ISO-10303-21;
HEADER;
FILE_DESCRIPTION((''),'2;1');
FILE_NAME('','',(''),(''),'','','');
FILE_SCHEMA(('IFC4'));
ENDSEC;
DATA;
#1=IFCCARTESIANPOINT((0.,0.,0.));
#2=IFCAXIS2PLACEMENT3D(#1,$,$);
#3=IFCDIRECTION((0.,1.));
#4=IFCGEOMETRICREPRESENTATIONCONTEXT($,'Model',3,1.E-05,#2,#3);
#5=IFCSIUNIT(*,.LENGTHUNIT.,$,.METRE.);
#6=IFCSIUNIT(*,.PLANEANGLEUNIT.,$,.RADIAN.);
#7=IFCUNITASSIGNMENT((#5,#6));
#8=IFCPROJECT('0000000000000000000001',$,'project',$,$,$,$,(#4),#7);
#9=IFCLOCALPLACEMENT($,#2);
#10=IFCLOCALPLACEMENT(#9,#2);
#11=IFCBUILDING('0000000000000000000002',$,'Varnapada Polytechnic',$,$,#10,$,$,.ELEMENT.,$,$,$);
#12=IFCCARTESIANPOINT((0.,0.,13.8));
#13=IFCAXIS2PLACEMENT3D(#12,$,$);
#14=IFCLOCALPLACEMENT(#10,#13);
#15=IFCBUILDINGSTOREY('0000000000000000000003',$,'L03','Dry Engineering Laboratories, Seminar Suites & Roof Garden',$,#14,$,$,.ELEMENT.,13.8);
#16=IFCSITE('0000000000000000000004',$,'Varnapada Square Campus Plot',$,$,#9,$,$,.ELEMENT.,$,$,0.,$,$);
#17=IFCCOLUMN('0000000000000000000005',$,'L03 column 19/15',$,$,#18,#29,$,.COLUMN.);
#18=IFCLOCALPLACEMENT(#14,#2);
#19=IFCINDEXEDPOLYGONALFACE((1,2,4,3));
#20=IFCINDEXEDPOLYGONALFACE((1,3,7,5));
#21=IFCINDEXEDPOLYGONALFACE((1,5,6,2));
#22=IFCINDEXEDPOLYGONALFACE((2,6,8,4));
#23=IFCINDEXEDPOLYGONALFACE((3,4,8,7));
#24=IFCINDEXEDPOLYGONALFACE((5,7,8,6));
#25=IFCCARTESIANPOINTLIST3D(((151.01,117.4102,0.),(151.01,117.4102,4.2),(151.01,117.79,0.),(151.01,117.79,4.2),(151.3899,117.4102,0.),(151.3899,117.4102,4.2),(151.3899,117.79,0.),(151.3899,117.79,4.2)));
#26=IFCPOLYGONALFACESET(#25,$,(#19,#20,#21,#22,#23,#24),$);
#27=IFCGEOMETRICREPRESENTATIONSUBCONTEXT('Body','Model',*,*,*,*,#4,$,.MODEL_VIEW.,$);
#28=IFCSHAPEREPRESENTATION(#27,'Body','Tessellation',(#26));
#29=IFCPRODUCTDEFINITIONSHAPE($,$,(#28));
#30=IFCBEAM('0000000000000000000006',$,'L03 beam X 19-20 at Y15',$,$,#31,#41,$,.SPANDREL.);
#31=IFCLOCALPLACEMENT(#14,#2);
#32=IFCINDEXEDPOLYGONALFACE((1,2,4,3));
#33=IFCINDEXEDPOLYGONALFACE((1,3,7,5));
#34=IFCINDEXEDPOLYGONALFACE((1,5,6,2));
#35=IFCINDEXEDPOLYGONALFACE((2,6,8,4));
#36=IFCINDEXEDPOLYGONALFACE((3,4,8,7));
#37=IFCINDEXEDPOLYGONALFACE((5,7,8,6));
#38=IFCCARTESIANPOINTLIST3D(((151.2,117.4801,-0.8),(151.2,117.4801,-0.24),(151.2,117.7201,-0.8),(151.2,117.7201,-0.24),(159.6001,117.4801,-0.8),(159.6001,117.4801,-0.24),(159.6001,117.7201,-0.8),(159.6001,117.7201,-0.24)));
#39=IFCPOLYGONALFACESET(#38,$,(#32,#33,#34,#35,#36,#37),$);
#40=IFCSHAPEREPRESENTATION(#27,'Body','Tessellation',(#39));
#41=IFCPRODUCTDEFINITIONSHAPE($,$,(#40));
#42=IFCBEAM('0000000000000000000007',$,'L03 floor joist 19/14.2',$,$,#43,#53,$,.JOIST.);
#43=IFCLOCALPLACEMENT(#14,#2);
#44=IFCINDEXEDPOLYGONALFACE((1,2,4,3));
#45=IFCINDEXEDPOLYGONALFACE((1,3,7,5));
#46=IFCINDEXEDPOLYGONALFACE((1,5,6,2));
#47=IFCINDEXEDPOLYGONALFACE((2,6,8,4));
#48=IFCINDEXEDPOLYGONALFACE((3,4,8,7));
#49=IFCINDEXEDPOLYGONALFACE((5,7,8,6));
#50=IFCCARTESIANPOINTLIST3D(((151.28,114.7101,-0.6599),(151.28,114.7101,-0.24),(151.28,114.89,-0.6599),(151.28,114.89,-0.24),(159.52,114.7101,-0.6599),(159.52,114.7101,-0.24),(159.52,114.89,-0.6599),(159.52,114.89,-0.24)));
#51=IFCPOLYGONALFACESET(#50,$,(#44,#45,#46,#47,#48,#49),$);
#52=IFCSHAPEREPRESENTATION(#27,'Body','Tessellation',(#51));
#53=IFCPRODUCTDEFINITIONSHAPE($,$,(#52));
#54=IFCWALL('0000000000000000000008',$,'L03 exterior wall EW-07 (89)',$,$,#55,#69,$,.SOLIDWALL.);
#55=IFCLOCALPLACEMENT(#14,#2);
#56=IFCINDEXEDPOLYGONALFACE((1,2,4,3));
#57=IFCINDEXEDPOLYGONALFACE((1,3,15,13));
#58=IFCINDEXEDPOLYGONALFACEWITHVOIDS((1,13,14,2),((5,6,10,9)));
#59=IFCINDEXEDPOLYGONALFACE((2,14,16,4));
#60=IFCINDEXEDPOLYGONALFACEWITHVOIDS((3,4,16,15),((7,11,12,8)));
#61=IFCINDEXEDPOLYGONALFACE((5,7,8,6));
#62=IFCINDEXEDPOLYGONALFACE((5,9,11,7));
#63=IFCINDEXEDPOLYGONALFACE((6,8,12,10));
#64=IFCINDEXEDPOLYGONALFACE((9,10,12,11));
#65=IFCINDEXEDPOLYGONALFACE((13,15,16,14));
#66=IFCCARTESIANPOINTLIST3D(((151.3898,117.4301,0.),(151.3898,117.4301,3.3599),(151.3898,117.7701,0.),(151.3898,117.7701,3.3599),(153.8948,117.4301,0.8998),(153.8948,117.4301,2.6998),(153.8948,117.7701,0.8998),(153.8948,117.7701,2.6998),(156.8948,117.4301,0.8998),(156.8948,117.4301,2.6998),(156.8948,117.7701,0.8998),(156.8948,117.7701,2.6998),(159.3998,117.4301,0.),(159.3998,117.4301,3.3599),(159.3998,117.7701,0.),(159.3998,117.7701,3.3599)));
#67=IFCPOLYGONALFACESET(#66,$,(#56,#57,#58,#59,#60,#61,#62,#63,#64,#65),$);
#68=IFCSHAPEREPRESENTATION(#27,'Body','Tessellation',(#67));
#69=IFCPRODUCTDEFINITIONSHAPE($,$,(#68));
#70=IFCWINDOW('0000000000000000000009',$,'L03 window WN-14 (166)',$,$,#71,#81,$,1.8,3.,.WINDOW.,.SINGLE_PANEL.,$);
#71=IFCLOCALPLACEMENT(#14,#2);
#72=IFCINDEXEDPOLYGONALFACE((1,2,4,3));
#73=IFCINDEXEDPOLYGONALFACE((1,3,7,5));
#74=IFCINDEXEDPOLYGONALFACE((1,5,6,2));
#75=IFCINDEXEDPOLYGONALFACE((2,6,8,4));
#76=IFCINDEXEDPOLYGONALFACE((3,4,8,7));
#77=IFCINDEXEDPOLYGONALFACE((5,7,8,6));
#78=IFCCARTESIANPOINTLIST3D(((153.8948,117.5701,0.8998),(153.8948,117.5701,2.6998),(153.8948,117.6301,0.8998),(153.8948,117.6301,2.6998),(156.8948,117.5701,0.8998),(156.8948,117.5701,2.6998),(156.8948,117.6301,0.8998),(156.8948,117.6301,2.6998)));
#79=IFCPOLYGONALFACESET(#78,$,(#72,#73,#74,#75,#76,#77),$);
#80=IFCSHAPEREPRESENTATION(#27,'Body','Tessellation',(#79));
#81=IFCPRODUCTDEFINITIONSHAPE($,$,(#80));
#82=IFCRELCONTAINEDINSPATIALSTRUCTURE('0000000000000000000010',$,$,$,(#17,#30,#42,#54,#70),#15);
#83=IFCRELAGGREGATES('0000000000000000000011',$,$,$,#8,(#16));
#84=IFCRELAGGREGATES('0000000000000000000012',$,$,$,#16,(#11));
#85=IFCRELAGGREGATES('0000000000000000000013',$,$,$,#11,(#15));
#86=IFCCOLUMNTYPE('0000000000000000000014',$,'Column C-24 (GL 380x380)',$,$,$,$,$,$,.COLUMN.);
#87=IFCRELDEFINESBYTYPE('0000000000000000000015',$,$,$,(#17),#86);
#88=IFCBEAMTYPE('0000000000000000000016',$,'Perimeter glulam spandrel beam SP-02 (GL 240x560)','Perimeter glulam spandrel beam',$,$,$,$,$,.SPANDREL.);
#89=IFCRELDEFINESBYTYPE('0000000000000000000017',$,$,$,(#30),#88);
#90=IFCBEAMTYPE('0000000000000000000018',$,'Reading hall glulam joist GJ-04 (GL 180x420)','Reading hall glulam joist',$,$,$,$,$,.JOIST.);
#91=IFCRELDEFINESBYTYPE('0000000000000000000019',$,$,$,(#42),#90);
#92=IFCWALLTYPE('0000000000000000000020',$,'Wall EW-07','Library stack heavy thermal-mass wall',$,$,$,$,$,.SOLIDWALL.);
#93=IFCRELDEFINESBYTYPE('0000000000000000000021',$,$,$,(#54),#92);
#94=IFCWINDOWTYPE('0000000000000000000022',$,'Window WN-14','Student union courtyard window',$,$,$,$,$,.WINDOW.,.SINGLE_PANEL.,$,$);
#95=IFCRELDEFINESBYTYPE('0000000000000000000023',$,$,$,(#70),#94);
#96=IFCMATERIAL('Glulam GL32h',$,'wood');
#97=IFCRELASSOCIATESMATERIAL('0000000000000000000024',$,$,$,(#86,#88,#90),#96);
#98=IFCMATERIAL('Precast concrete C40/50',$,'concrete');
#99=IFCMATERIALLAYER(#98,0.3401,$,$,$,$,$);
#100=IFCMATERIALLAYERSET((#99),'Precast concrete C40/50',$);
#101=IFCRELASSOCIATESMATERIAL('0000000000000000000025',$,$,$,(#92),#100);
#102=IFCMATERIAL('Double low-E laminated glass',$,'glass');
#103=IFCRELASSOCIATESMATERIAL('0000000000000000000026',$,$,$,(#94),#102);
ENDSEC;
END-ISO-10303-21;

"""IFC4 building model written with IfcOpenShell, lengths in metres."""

from ifc_helpers import new_model, si_unit, direction, frame, frame_2d, origin, origin_2d, place, context, subcontext, project, spatial, rectangle, extrude, material, layer, layer_set, material_profile, profile_set, type_object, element, fill, save


model = new_model("IFC4")

# Units and contexts
model_context = context("Model", 3, precision=1e-05, world=origin(), true_north=direction((0.0, 1.0)))
body_context = subcontext(model_context, "Body", "Model", "MODEL_VIEW")
ifc_project = project(units=[si_unit("LENGTHUNIT", "METRE"), si_unit("PLANEANGLEUNIT", "RADIAN")], contexts=[model_context])

# Site, building, storey
site_placement = place(None, origin())
site = spatial("IfcSite", under=ifc_project, at=site_placement, Name="Varnapada Square Campus Plot", CompositionType="ELEMENT", RefElevation=0.0)
building_placement = place(site_placement, origin())
building = spatial("IfcBuilding", under=site, at=building_placement, Name="Varnapada Polytechnic", CompositionType="ELEMENT")
storey_placement = place(building_placement, frame((0.0, 0.0, 13.8)))
storey = spatial("IfcBuildingStorey", under=building, at=storey_placement, Name="L03", Description="Dry Engineering Laboratories, Seminar Suites & Roof Garden", CompositionType="ELEMENT", Elevation=13.8)

# Column
ifc_material_1 = material(Name="Glulam GL32h", Category="wood")
ifc_material_profile_1 = material_profile(ifc_material_1, rectangle(XDim=0.3799, YDim=0.3799, at=origin_2d()), Name="GL 380x380")
ifc_profile_set_1 = profile_set([ifc_material_profile_1], Name="Glulam GL32h")
column_type = type_object("IfcColumnType", Name="Column C-24 (GL 380x380)", PredefinedType="COLUMN", material=ifc_profile_set_1)
column_placement = place(storey_placement, frame((151.2, 117.6001, 0.0), z_axis=(0.0, 0.0, 1.0), x_axis=(1.0, 0.0, 0.0)))
element("IfcColumn", 1, at=column_placement, inside=storey, type_object=column_type, Name="L03 column 19/15", PredefinedType="COLUMN", context=body_context, shape_type="SweptSolid", body=[
    extrude(rectangle(XDim=0.3799, YDim=0.3799, at=origin_2d()), origin(), (0.0, 0.0, 1.0), 4.2),
])

# Beams
ifc_material_profile_2 = material_profile(ifc_material_1, rectangle(XDim=0.24, YDim=0.5601, at=origin_2d()), Name="GL 240x560")
ifc_profile_set_2 = profile_set([ifc_material_profile_2], Name="Glulam GL32h")
beam_type_1 = type_object("IfcBeamType", Name="Perimeter glulam spandrel beam SP-02 (GL 240x560)", Description="Perimeter glulam spandrel beam", PredefinedType="SPANDREL", material=ifc_profile_set_2)
beam_1_placement = place(storey_placement, frame((151.2, 117.6001, -0.52), z_axis=(1.0, 0.0, 0.0), x_axis=(0.0, 1.0, 0.0)))
element("IfcBeam", 2, at=beam_1_placement, inside=storey, type_object=beam_type_1, Name="L03 beam X 19-20 at Y15", PredefinedType="SPANDREL", context=body_context, shape_type="SweptSolid", body=[
    extrude(rectangle(XDim=0.24, YDim=0.5601, at=origin_2d()), origin(), (0.0, 0.0, 1.0), 8.4001),
])
ifc_material_profile_3 = material_profile(ifc_material_1, rectangle(XDim=0.1799, YDim=0.4199, at=origin_2d()), Name="GL 180x420")
ifc_profile_set_3 = profile_set([ifc_material_profile_3], Name="Glulam GL32h")
beam_type_2 = type_object("IfcBeamType", Name="Reading hall glulam joist GJ-04 (GL 180x420)", Description="Reading hall glulam joist", PredefinedType="JOIST", material=ifc_profile_set_3)
beam_2_placement = place(storey_placement, frame((151.28, 114.8, -0.45), z_axis=(1.0, 0.0, 0.0), x_axis=(0.0, 1.0, 0.0)))
element("IfcBeam", 3, at=beam_2_placement, inside=storey, type_object=beam_type_2, Name="L03 floor joist 19/14.2", PredefinedType="JOIST", context=body_context, shape_type="SweptSolid", body=[
    extrude(rectangle(XDim=0.1799, YDim=0.4199, at=origin_2d()), origin(), (0.0, 0.0, 1.0), 8.24),
])

# Wall, opening, window
ifc_material_2 = material(Name="Precast concrete C40/50", Category="concrete")
ifc_layer_1 = layer(ifc_material_2, 0.3401)
ifc_layer_set_1 = layer_set([ifc_layer_1], Name="Precast concrete C40/50")
wall_type = type_object("IfcWallType", Name="Wall EW-07", Description="Library stack heavy thermal-mass wall", PredefinedType="SOLIDWALL", material=ifc_layer_set_1)
wall_placement = place(storey_placement, frame((151.3899, 117.6001, 0.0), z_axis=(0.0, 0.0, 1.0), x_axis=(1.0, 0.0, 0.0)))
wall = element("IfcWall", 4, at=wall_placement, inside=storey, type_object=wall_type, Name="L03 exterior wall EW-07 (89)", PredefinedType="SOLIDWALL", context=body_context, shape_type="SweptSolid", body=[
    extrude(rectangle(XDim=8.01, YDim=0.3401, at=frame_2d((4.0049, 0.0))), origin(), (0.0, 0.0, 1.0), 3.3599),
])
opening_1_placement = place(wall_placement, frame((2.5049, 0.0, 0.8999)))
opening_1 = element("IfcOpeningElement", 5, at=opening_1_placement, cuts=wall, PredefinedType="OPENING", context=body_context, shape_type="SweptSolid", body=[
    extrude(rectangle(XDim=3.0, YDim=1.8, at=frame_2d((1.5, 0.8999))), frame((0.0, 0.1799, 0.0), z_axis=(0.0, -1.0, 0.0), x_axis=(1.0, 0.0, 0.0)), (0.0, 0.0, 1.0), 0.3601),
])
ifc_material_3 = material(Name="Double low-E laminated glass", Category="glass")
window_type = type_object("IfcWindowType", Name="Window WN-14", Description="Student union courtyard window", PartitioningType="SINGLE_PANEL", PredefinedType="WINDOW", material=ifc_material_3)
window_placement = place(opening_1_placement, origin())
window = element("IfcWindow", 6, at=window_placement, inside=storey, type_object=window_type, Name="L03 window WN-14 (166)", OverallHeight=1.8, OverallWidth=3.0, PartitioningType="SINGLE_PANEL", PredefinedType="WINDOW", context=body_context, shape_type="SweptSolid", body=[
    extrude(rectangle(XDim=3.0, YDim=1.8, at=frame_2d((1.5, 0.8999))), frame((0.0, 0.03, 0.0), z_axis=(0.0, -1.0, 0.0), x_axis=(1.0, 0.0, 0.0)), (0.0, 0.0, 1.0), 0.0601),
])
fill(opening_1, window)

save(model, "model.ifc")
